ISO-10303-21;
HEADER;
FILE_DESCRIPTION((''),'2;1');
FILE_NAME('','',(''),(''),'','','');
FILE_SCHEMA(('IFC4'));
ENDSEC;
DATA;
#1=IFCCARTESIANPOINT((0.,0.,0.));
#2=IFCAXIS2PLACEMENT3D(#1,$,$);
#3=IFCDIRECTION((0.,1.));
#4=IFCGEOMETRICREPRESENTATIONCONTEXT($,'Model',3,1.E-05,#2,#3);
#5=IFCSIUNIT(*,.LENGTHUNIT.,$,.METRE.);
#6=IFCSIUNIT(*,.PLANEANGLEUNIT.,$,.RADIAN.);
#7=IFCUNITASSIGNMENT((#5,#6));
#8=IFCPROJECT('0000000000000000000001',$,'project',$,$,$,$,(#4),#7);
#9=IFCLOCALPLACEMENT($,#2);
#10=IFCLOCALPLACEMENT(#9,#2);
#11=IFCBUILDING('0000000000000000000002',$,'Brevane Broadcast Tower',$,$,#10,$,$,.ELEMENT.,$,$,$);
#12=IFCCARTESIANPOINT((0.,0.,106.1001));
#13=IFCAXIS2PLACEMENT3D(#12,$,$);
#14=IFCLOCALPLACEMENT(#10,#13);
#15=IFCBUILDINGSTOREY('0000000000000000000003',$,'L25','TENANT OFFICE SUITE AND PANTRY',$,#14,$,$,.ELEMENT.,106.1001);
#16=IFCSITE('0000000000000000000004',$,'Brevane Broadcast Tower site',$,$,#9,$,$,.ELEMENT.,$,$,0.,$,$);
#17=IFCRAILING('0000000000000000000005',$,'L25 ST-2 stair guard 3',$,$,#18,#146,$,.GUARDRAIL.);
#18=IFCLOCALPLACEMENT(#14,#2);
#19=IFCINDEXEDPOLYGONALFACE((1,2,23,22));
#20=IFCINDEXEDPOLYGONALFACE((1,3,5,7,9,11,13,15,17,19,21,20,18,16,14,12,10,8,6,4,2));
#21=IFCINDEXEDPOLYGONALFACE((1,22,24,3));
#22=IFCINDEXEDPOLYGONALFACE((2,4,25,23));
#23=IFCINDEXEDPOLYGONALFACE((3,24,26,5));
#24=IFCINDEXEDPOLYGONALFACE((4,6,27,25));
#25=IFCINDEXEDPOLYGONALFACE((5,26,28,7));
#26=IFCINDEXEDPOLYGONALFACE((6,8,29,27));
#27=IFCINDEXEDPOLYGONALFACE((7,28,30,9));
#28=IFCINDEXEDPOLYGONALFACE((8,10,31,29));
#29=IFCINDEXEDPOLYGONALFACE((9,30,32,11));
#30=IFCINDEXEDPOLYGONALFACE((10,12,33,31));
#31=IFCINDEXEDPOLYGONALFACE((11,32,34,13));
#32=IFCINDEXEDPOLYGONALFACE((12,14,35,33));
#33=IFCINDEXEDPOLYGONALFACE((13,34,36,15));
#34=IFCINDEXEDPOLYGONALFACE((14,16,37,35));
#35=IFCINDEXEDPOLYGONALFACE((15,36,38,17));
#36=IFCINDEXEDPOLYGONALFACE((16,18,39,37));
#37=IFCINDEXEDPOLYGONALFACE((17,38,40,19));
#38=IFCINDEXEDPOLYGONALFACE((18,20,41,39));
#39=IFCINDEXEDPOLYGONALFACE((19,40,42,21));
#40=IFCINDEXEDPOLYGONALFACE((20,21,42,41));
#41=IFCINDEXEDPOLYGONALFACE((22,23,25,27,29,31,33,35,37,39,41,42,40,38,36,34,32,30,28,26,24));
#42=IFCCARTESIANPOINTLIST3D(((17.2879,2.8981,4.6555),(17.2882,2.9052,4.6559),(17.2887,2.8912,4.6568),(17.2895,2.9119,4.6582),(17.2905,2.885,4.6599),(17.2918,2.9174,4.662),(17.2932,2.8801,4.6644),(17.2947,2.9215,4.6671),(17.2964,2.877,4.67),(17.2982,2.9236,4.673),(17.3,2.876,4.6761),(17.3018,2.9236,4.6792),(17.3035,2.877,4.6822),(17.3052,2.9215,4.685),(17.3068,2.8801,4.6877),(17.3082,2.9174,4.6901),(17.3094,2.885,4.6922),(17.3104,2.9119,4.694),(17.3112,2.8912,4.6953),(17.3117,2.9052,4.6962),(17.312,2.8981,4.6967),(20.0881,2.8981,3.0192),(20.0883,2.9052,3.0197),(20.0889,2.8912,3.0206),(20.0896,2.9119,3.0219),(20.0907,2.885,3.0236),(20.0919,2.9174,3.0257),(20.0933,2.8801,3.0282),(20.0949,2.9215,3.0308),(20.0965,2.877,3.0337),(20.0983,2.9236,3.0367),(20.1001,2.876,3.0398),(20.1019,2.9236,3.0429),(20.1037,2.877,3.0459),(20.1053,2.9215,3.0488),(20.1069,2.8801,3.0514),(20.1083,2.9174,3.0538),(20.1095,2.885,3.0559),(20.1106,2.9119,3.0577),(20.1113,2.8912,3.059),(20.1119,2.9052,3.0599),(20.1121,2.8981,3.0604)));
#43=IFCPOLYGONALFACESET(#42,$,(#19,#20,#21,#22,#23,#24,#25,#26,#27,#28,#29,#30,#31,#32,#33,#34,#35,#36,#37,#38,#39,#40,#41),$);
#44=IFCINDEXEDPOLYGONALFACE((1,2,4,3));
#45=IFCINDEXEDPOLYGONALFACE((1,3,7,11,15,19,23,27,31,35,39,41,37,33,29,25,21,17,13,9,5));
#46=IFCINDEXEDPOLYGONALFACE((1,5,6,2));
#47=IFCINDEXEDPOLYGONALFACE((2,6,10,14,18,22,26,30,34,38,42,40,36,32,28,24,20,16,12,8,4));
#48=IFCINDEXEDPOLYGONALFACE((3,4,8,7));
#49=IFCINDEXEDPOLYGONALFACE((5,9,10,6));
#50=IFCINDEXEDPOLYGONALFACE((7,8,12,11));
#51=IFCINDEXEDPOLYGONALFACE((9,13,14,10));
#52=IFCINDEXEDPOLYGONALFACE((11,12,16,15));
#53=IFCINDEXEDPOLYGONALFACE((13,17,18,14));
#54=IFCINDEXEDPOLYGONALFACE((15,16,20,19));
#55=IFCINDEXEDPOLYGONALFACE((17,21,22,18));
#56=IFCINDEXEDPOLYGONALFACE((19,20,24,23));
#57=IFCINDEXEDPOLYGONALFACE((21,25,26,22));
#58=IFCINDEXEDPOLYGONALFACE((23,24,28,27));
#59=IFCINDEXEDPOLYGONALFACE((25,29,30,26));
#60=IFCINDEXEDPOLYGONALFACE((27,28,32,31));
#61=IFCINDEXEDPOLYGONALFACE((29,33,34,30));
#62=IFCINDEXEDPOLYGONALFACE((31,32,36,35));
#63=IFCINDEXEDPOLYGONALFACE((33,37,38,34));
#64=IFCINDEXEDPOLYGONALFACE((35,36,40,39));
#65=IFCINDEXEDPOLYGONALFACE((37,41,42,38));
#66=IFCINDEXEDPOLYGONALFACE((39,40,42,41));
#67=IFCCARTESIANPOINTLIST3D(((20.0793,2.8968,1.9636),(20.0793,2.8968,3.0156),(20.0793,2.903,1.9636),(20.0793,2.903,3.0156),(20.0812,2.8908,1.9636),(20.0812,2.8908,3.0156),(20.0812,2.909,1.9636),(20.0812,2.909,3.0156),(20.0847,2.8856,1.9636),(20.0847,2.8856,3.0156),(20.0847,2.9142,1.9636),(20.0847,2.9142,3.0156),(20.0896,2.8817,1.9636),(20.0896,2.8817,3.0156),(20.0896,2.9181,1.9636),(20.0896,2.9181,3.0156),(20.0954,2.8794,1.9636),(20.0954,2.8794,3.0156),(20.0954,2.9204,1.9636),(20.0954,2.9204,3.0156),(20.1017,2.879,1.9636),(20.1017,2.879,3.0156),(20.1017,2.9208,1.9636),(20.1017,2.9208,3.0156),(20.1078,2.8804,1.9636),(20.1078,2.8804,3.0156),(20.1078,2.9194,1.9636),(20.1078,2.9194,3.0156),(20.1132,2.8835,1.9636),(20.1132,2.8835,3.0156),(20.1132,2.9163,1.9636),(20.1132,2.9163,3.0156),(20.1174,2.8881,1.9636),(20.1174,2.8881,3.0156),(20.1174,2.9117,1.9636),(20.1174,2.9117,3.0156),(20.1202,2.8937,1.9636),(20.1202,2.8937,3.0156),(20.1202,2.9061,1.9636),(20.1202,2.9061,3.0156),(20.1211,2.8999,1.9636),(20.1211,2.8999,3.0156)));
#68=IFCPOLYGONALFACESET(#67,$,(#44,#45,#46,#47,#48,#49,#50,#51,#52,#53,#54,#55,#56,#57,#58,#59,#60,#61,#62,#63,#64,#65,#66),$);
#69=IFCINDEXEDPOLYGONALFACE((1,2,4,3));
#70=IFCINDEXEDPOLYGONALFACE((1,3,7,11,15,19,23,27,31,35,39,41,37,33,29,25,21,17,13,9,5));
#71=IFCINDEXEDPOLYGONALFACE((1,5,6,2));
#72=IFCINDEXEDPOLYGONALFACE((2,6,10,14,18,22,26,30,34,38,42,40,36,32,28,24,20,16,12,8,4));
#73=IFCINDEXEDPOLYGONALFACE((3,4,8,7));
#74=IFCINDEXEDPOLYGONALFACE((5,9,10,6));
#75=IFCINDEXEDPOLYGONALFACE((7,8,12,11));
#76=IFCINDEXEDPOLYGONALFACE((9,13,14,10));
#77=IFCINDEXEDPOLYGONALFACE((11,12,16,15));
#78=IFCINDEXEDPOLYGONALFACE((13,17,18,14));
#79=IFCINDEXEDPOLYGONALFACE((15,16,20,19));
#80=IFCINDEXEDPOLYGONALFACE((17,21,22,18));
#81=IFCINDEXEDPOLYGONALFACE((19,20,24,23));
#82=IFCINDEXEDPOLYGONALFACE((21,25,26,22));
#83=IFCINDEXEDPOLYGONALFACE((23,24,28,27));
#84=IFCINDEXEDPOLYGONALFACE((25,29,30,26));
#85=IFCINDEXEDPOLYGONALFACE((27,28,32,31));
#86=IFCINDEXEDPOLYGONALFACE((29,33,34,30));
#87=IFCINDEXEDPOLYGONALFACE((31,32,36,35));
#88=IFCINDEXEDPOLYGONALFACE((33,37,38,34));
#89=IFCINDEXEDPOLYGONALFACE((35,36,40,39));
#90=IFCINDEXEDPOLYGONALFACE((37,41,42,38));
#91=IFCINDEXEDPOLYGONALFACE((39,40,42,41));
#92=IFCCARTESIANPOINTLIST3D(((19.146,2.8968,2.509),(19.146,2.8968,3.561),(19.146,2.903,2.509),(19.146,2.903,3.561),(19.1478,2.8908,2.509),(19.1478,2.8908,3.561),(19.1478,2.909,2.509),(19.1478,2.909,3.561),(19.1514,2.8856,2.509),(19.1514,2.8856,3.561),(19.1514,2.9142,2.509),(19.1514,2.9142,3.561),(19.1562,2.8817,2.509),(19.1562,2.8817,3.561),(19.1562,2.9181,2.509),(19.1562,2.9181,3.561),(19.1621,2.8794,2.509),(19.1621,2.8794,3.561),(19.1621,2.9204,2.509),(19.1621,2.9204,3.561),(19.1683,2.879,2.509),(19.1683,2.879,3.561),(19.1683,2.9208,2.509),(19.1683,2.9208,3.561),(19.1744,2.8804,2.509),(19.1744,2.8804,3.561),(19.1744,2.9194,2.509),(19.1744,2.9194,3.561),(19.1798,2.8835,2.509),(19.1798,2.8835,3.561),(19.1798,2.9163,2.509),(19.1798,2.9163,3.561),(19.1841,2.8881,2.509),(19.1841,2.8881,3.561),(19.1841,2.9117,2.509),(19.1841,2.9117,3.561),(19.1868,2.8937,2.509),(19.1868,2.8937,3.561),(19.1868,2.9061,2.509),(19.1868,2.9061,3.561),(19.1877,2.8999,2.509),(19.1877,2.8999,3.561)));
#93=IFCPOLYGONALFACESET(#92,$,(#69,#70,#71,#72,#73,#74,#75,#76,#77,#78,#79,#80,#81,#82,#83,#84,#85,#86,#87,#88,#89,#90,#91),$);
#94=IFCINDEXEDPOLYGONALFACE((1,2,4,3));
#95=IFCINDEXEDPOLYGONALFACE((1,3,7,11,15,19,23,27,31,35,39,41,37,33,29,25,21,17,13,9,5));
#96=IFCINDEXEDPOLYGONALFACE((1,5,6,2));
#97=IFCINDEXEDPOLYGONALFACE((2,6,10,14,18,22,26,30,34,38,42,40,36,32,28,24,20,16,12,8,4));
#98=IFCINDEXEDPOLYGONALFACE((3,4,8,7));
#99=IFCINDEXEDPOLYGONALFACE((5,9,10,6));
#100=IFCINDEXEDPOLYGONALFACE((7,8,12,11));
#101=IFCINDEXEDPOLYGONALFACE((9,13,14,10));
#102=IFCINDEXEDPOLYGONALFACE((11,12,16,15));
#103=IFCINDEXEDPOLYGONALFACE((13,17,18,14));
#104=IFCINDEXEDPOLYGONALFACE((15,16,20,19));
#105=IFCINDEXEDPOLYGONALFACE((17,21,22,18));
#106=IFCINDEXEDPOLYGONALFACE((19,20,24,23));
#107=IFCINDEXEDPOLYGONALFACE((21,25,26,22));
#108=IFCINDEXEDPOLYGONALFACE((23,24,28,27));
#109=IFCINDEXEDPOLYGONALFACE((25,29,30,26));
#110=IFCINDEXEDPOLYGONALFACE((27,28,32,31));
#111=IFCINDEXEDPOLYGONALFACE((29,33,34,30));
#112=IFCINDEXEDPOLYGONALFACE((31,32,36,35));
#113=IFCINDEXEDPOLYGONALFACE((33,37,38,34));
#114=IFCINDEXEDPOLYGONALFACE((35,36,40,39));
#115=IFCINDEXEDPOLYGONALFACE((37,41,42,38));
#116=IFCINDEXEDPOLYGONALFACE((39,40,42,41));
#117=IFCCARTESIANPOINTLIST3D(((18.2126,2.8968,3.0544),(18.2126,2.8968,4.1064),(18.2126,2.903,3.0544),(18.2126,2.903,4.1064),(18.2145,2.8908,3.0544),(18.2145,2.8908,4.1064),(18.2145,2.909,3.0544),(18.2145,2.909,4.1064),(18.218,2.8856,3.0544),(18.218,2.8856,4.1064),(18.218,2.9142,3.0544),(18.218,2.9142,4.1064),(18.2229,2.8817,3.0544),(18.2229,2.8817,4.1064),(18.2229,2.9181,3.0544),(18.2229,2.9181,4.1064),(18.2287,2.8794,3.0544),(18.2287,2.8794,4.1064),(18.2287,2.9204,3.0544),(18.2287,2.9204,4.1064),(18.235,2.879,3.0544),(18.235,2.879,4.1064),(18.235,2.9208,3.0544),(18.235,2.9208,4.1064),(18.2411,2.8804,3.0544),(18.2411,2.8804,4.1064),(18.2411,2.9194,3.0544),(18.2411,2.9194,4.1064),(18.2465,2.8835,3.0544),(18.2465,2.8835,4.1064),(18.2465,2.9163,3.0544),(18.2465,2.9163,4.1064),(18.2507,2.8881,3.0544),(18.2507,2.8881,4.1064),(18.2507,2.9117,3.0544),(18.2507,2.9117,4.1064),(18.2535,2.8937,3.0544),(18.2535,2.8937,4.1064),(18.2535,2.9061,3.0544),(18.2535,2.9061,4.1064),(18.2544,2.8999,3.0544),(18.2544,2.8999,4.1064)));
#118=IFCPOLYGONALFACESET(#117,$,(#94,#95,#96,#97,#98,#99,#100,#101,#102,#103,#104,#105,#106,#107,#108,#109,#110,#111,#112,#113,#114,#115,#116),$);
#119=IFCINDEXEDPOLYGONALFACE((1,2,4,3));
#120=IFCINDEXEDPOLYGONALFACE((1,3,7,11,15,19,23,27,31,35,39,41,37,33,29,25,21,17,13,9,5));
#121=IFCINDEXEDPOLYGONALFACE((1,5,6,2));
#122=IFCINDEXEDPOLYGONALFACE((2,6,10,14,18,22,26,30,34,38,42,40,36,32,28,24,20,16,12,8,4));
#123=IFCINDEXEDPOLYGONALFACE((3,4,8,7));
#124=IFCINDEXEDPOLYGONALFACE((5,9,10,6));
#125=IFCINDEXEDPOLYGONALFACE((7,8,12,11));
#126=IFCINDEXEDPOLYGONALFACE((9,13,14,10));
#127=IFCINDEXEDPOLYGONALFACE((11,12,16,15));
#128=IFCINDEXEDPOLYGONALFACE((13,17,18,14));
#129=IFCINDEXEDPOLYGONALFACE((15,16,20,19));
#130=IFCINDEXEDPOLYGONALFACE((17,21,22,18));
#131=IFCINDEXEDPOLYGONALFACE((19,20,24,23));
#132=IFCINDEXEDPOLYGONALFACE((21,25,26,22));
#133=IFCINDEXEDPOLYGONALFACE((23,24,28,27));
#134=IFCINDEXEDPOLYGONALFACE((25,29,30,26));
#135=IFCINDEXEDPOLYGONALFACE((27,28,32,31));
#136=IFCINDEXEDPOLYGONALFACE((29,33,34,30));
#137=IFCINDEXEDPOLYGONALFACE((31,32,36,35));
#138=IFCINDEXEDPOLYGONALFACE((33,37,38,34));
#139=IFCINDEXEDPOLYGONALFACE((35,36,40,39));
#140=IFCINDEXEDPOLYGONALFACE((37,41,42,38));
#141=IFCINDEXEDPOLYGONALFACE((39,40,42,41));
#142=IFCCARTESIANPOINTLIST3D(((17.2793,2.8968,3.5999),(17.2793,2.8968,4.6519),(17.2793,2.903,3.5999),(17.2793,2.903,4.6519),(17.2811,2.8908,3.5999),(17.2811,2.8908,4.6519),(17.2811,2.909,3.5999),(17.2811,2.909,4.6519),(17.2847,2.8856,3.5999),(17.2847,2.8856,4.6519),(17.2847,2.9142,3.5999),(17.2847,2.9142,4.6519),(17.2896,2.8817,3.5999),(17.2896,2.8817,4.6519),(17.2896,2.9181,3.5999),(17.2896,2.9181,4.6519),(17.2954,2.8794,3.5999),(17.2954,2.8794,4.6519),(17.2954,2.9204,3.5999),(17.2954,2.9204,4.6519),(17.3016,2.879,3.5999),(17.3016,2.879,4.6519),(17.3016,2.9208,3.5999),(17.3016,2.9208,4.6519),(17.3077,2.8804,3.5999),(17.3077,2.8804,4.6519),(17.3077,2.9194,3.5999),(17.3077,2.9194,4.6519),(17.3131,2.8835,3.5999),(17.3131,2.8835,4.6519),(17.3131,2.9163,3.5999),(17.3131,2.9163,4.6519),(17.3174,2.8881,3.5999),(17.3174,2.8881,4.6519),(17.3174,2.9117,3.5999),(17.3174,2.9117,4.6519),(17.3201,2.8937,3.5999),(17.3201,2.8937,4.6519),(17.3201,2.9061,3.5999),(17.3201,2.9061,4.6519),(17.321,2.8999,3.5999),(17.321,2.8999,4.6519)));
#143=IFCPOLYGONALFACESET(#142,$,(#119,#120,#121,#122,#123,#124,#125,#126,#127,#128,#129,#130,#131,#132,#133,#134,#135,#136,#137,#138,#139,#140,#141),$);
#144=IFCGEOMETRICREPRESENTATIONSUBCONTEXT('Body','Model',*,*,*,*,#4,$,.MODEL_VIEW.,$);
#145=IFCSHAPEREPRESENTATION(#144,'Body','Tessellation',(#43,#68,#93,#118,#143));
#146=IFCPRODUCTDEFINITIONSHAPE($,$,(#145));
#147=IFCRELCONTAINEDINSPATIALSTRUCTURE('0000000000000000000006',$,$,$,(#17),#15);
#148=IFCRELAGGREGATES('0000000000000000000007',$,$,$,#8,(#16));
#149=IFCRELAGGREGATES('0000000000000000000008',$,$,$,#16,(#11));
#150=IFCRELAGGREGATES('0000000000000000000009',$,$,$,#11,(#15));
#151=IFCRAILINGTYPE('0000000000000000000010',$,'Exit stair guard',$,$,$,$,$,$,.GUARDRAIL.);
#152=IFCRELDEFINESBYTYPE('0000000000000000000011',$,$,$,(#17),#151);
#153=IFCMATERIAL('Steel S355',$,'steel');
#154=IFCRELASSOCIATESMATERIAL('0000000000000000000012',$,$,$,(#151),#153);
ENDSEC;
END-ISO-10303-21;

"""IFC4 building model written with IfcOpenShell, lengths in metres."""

from ifc_helpers import new_model, si_unit, direction, frame, origin, origin_2d, place, context, subcontext, project, spatial, circle, extrude, material, type_object, element, save


model = new_model("IFC4")

# Units and contexts
model_context = context("Model", 3, precision=1e-05, world=origin(), true_north=direction((0.0, 1.0)))
body_context = subcontext(model_context, "Body", "Model", "MODEL_VIEW")
ifc_project = project(units=[si_unit("LENGTHUNIT", "METRE"), si_unit("PLANEANGLEUNIT", "RADIAN")], contexts=[model_context])

# Site, building, storey
site_placement = place(None, origin())
site = spatial("IfcSite", under=ifc_project, at=site_placement, Name="Brevane Broadcast Tower site", CompositionType="ELEMENT", RefElevation=0.0)
building_placement = place(site_placement, origin())
building = spatial("IfcBuilding", under=site, at=building_placement, Name="Brevane Broadcast Tower", CompositionType="ELEMENT")
storey_placement = place(building_placement, frame((0.0, 0.0, 106.1001)))
storey = spatial("IfcBuildingStorey", under=building, at=storey_placement, Name="L25", Description="TENANT OFFICE SUITE AND PANTRY", CompositionType="ELEMENT", Elevation=106.1001)

# Railing
ifc_material_1 = material(Name="Steel S355", Category="steel")
railing_type_1 = type_object("IfcRailingType", Name="Exit stair guard", PredefinedType="GUARDRAIL", material=ifc_material_1)
railing_1_placement = place(storey_placement, frame((20.1001, 2.8999, 1.9636)))
element("IfcRailing", 1, at=railing_1_placement, inside=storey, type_object=railing_type_1, Name="L25 ST-2 stair guard 3", PredefinedType="GUARDRAIL", context=body_context, shape_type="SweptSolid", body=[
    extrude(circle(Radius=0.0239, at=origin_2d()), frame((0.0, 0.0, 1.0762), z_axis=(-0.863394, 0.0, 0.504531), x_axis=(0.0, -1.0, 0.0)), (0.0, 0.0, 1.0), 3.2432),
    extrude(circle(Radius=0.021, at=origin_2d()), origin(), (0.0, 0.0, 1.0), 1.052),
    extrude(circle(Radius=0.021, at=origin_2d()), frame((-0.9333, 0.0, 0.5454)), (0.0, 0.0, 1.0), 1.052),
    extrude(circle(Radius=0.021, at=origin_2d()), frame((-1.8667, 0.0, 1.0908)), (0.0, 0.0, 1.0), 1.052),
    extrude(circle(Radius=0.021, at=origin_2d()), frame((-2.8, 0.0, 1.6362)), (0.0, 0.0, 1.0), 1.052),
])

save(model, "model.ifc")
